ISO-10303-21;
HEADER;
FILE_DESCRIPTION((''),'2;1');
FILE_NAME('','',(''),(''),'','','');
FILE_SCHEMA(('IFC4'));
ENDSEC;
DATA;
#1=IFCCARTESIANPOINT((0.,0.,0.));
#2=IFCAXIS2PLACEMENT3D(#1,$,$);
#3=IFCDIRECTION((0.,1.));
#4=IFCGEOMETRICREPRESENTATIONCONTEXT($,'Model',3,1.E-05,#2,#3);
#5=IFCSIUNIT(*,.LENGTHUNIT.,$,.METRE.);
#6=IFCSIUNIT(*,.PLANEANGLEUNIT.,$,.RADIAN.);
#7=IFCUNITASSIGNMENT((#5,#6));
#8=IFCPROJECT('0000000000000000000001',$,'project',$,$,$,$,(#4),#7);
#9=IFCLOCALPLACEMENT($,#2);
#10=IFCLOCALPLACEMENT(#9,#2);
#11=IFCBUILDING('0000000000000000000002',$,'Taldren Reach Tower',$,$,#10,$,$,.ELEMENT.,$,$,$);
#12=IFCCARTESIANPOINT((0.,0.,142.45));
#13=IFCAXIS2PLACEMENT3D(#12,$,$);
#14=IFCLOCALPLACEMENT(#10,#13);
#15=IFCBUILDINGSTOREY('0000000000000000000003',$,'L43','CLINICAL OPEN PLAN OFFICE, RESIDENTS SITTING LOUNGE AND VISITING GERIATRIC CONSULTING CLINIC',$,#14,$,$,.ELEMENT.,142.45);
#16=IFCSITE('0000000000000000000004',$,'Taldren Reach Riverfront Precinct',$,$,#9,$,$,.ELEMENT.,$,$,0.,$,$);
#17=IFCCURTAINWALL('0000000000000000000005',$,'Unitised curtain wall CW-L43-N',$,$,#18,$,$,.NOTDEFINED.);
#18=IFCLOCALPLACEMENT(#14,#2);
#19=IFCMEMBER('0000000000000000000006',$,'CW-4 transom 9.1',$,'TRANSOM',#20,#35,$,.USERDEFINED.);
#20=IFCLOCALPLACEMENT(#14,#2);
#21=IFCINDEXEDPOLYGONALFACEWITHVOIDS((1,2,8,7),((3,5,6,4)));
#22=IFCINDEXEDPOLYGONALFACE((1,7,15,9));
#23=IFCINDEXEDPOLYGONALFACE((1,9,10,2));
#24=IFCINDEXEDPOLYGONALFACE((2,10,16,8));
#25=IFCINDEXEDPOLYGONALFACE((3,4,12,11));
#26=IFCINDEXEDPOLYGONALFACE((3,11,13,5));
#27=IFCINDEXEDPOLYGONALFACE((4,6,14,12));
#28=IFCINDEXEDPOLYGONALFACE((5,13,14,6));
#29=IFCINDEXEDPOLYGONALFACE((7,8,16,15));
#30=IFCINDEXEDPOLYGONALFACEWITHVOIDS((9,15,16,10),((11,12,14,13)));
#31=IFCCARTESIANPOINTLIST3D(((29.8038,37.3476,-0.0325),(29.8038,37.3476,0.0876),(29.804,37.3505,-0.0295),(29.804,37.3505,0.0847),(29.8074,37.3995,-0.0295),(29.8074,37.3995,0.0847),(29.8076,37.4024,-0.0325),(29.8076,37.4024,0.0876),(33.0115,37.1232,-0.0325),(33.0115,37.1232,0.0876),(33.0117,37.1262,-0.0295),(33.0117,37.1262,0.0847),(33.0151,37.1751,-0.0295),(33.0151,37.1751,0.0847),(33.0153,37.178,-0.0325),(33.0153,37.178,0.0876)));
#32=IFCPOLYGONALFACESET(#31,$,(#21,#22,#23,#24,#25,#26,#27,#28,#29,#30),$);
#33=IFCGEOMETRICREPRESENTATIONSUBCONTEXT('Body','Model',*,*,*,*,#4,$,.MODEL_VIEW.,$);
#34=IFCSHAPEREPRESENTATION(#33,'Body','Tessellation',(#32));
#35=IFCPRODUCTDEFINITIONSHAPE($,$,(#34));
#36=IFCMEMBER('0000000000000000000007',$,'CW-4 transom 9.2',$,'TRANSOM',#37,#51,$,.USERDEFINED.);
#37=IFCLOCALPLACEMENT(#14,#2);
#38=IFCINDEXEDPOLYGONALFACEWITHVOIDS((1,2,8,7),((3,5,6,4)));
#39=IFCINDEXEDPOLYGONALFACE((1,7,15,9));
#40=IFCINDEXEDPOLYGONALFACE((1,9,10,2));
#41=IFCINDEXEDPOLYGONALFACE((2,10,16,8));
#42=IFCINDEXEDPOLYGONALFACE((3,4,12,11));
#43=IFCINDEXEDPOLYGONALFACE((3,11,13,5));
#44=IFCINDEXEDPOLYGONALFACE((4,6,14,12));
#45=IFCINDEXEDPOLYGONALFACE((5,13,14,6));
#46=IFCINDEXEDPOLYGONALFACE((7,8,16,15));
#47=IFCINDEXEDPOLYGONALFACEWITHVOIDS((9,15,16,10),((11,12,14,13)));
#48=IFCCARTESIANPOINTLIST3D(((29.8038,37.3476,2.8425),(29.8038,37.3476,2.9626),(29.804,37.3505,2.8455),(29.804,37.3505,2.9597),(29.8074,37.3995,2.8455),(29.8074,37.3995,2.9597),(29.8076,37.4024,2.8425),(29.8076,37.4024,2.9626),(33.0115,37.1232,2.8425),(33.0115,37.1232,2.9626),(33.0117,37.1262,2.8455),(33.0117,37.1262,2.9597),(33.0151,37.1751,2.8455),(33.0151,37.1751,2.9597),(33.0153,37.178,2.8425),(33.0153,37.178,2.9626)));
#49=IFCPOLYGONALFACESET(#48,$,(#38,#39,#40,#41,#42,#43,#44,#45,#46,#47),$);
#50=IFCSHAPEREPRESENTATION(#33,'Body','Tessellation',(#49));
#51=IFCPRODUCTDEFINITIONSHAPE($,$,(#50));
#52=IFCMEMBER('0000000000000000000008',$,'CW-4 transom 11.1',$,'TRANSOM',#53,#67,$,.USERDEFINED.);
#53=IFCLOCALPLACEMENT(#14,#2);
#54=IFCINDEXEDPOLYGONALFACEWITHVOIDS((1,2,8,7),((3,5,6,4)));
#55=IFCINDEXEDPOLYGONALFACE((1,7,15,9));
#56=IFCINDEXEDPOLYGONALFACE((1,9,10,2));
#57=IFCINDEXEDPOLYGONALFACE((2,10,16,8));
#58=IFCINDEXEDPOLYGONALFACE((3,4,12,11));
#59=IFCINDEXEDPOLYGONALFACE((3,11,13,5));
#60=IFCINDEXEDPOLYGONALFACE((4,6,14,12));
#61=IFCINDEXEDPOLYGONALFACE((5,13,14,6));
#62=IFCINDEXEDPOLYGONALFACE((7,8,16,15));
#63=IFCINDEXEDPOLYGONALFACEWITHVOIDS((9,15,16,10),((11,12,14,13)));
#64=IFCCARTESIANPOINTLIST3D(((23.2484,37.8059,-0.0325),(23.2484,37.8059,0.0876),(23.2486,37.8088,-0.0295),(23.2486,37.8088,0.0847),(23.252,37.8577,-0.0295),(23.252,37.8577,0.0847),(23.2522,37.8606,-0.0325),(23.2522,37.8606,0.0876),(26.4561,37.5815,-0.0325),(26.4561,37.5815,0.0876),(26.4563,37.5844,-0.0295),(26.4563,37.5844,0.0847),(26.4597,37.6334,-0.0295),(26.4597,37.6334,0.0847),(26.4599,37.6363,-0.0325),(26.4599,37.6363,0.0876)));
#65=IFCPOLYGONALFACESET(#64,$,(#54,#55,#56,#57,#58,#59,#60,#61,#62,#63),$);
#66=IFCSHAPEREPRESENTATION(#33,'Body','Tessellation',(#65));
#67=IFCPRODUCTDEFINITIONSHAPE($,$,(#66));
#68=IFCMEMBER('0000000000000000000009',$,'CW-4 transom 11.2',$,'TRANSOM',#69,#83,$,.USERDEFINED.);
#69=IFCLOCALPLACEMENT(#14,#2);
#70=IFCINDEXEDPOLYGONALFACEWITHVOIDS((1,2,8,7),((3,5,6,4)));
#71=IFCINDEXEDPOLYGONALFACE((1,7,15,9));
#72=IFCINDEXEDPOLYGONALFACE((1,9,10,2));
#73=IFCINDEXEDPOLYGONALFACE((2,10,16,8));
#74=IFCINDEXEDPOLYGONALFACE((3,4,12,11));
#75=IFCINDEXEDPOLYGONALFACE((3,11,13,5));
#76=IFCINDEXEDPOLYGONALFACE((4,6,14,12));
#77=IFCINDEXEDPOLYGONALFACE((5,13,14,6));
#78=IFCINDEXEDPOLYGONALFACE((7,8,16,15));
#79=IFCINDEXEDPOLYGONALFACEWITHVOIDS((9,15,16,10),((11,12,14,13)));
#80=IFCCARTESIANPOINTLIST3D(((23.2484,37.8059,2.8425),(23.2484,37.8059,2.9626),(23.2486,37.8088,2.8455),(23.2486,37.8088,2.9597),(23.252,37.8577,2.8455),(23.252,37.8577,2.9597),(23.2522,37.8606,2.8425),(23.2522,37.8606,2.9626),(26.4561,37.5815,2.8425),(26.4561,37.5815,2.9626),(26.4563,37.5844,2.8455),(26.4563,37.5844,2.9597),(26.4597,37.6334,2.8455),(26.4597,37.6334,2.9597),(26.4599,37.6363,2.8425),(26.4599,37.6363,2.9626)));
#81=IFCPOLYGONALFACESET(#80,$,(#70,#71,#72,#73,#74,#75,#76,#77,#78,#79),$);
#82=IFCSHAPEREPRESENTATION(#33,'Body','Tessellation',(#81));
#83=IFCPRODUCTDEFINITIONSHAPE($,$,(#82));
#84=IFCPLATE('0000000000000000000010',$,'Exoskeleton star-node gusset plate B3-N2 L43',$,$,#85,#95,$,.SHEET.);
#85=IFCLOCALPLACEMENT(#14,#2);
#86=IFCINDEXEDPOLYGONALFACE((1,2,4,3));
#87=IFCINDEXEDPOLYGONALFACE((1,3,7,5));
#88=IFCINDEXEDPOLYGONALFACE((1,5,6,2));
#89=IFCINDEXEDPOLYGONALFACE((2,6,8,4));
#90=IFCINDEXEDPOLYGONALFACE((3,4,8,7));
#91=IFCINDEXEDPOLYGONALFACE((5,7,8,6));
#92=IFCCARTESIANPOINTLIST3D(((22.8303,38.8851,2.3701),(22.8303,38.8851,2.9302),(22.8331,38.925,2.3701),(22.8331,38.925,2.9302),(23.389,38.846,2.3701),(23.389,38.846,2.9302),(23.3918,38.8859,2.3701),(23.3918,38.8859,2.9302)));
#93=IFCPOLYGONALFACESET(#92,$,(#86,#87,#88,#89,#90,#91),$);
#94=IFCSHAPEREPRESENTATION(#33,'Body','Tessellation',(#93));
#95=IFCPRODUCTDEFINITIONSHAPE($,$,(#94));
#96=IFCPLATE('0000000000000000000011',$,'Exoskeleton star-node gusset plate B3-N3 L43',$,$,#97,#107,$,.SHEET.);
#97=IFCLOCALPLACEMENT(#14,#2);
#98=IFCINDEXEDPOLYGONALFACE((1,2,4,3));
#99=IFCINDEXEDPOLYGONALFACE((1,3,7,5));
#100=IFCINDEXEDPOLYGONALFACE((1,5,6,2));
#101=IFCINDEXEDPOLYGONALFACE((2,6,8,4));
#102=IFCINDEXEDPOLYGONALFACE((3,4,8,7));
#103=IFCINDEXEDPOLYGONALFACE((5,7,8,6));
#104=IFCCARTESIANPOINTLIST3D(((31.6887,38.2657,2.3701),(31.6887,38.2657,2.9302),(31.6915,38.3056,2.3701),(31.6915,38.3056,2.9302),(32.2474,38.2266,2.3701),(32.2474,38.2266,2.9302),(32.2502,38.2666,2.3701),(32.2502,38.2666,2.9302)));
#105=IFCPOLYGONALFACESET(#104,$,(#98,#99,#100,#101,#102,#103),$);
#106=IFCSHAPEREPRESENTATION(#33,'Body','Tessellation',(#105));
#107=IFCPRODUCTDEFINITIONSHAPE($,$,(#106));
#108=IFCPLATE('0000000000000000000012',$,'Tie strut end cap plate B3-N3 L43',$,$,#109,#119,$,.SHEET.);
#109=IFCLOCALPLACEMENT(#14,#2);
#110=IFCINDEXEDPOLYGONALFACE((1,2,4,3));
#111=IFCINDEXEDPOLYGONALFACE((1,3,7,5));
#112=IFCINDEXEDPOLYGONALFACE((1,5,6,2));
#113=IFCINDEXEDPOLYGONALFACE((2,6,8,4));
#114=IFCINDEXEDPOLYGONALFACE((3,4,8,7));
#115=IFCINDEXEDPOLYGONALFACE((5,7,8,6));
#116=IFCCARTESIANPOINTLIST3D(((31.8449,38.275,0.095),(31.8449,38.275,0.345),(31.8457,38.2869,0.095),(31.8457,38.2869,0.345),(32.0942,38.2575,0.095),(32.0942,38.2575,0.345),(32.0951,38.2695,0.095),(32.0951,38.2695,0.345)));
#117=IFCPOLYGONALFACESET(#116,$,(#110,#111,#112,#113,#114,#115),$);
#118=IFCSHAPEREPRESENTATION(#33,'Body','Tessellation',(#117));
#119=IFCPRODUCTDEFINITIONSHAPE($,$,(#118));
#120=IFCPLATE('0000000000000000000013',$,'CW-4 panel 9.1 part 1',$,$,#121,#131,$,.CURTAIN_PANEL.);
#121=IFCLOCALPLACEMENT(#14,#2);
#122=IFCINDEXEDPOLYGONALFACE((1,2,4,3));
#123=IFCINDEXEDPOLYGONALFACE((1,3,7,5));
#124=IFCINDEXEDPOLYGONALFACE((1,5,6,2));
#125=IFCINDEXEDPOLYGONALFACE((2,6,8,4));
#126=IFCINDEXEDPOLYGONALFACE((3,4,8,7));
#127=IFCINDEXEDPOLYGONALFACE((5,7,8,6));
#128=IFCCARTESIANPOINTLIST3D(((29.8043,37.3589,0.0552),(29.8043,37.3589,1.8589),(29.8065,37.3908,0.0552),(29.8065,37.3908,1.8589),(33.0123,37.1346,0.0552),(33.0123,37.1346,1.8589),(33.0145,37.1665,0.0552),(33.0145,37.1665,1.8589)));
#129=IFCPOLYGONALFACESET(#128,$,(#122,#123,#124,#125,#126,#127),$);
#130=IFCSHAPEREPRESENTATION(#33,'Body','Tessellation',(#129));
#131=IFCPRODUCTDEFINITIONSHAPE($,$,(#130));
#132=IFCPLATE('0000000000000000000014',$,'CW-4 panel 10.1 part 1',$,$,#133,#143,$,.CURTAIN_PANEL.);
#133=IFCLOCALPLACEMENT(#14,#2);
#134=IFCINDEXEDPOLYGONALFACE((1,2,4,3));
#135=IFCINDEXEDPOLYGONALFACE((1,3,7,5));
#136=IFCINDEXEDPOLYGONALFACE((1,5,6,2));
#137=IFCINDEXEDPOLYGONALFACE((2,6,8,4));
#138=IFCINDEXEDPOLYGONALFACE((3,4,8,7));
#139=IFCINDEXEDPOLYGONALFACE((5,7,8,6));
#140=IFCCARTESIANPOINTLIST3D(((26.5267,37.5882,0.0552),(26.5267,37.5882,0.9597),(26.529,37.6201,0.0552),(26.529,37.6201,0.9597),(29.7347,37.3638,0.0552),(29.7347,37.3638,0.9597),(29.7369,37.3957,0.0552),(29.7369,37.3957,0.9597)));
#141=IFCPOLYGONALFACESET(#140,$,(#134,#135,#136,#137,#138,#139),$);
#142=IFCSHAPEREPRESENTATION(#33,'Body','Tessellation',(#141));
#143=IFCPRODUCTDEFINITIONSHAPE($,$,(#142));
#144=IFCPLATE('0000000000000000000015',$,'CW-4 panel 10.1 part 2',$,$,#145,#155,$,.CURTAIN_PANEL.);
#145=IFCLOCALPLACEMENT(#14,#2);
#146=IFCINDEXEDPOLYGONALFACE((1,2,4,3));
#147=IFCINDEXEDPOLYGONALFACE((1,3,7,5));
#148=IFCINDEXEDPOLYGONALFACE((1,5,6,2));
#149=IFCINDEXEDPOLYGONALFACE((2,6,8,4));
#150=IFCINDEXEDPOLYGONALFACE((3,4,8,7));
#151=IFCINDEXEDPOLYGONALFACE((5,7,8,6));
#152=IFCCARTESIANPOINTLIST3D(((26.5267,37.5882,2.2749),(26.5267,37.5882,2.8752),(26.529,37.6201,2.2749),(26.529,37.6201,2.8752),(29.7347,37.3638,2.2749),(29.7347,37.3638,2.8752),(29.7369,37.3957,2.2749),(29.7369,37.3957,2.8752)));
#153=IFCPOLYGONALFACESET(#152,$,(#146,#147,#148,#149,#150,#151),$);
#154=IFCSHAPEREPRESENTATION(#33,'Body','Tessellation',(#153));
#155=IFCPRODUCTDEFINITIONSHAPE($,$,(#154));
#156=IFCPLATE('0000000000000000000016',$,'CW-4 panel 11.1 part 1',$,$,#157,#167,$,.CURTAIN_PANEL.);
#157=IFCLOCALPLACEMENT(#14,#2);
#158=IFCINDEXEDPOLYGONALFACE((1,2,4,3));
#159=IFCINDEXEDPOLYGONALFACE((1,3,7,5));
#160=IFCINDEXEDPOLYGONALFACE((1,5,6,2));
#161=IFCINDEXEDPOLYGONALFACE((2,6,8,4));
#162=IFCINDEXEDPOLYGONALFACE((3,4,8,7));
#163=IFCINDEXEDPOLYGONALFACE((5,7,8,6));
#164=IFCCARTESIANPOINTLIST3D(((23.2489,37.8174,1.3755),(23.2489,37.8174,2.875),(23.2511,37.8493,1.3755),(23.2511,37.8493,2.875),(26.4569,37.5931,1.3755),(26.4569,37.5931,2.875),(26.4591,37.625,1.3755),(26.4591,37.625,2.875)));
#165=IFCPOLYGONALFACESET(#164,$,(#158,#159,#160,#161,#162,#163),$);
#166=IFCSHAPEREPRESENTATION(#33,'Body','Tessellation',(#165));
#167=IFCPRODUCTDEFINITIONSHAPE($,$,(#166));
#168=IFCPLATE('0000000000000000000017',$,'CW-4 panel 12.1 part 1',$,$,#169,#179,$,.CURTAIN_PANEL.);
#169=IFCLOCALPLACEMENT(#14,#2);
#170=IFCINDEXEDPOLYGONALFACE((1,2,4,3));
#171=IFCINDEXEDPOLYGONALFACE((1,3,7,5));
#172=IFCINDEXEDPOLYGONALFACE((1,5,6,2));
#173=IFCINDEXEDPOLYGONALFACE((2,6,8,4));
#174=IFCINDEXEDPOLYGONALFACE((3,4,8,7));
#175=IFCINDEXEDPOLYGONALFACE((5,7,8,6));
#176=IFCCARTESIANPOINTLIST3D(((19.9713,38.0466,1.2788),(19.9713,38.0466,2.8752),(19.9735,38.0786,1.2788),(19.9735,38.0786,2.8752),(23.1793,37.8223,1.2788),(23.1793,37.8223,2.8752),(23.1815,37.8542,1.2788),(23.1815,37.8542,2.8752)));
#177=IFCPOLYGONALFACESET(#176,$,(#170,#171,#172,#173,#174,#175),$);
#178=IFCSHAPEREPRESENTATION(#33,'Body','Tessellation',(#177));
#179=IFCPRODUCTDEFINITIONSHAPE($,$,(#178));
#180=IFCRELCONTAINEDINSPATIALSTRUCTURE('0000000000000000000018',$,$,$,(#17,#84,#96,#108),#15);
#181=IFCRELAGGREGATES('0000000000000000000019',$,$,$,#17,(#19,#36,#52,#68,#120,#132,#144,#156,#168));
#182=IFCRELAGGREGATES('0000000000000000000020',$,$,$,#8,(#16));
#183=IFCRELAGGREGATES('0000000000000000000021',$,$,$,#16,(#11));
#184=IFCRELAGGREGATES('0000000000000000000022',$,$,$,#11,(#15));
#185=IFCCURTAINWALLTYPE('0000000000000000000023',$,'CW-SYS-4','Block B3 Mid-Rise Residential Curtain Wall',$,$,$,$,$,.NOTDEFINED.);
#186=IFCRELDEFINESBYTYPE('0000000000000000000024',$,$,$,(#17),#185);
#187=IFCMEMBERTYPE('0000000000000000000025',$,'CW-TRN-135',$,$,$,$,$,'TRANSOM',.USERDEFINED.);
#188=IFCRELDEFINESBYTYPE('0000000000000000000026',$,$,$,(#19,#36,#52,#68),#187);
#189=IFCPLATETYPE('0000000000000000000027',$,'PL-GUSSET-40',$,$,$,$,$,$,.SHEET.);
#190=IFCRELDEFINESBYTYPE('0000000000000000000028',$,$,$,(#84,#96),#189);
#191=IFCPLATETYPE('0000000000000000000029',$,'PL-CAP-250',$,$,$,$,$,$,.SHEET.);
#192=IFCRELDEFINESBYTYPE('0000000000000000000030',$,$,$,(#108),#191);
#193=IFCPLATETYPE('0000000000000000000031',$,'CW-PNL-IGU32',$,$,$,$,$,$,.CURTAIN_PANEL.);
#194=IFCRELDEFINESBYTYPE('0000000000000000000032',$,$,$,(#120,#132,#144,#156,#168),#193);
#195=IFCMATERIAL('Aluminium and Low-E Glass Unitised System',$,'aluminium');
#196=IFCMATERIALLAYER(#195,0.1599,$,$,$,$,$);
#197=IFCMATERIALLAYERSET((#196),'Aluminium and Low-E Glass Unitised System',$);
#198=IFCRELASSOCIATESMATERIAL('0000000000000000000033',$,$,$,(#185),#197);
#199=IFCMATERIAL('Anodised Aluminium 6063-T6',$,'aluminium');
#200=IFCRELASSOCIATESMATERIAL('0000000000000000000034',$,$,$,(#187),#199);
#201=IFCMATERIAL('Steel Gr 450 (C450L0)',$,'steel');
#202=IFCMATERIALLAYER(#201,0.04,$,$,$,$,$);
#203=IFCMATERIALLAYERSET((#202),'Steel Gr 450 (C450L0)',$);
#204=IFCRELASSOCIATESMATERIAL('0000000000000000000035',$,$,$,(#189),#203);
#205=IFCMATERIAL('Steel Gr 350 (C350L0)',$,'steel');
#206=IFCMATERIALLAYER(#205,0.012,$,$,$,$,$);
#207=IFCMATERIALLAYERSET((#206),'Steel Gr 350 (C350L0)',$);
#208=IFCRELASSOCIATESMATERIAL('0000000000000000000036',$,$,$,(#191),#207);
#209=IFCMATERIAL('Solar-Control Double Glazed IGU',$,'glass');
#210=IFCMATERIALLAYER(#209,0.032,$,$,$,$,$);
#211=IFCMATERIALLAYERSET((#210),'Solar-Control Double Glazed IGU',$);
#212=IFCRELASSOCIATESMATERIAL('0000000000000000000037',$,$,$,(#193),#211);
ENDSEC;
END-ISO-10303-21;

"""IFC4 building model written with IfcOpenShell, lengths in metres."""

from ifc_helpers import new_model, si_unit, direction, frame, origin, origin_2d, place, context, subcontext, project, spatial, rectangle, hollow_rectangle, extrude, source, transform, mapped, material, layer, layer_set, material_profile, profile_set, type_object, element, aggregate, save


model = new_model("IFC4")

# Units and contexts
model_context = context("Model", 3, precision=1e-05, world=origin(), true_north=direction((0.0, 1.0)))
body_context = subcontext(model_context, "Body", "Model", "MODEL_VIEW")
ifc_project = project(units=[si_unit("LENGTHUNIT", "METRE"), si_unit("PLANEANGLEUNIT", "RADIAN")], contexts=[model_context])

# Site, building, storey
site_placement = place(None, origin())
site = spatial("IfcSite", under=ifc_project, at=site_placement, Name="Taldren Reach Riverfront Precinct", CompositionType="ELEMENT", RefElevation=0.0)
building_placement = place(site_placement, origin())
building = spatial("IfcBuilding", under=site, at=building_placement, Name="Taldren Reach Tower", CompositionType="ELEMENT")
storey_placement = place(building_placement, frame((0.0, 0.0, 142.45)))
storey = spatial("IfcBuildingStorey", under=building, at=storey_placement, Name="L43", Description="CLINICAL OPEN PLAN OFFICE, RESIDENTS SITTING LOUNGE AND VISITING GERIATRIC CONSULTING CLINIC", CompositionType="ELEMENT", Elevation=142.45)

# Shared definitions
ifc_material_1 = material(Name="Steel Gr 450 (C450L0)", Category="steel")
ifc_material_2 = material(Name="Steel Gr 350 (C350L0)", Category="steel")

# Curtain wall, members
ifc_material_3 = material(Name="Aluminium and Low-E Glass Unitised System", Category="aluminium")
ifc_layer_1 = layer(ifc_material_3, 0.1599)
ifc_layer_set_1 = layer_set([ifc_layer_1], Name="Aluminium and Low-E Glass Unitised System")
curtain_wall_type = type_object("IfcCurtainWallType", Name="CW-SYS-4", Description="Block B3 Mid-Rise Residential Curtain Wall", PredefinedType="NOTDEFINED", material=ifc_layer_set_1)
curtain_wall_placement = place(storey_placement, origin())
curtain_wall = element("IfcCurtainWall", 1, at=curtain_wall_placement, inside=storey, type_object=curtain_wall_type, Name="Unitised curtain wall CW-L43-N", PredefinedType="NOTDEFINED")
ifc_material_4 = material(Name="Anodised Aluminium 6063-T6", Category="aluminium")
ifc_material_profile_1 = material_profile(ifc_material_4, hollow_rectangle(XDim=0.0549, YDim=0.1201, WallThickness=0.0029, at=origin_2d()), Name="ALU-120x55x3RHS")
ifc_profile_set_1 = profile_set([ifc_material_profile_1], Name="Anodised Aluminium 6063-T6")
member_type_1 = type_object("IfcMemberType", Name="CW-TRN-135", ElementType="TRANSOM", PredefinedType="USERDEFINED", material=ifc_profile_set_1)
shared_shape_1 = source(origin(), body_context, "Body", "SweptSolid", [
    extrude(hollow_rectangle(XDim=0.0549, YDim=0.1201, WallThickness=0.0029, at=origin_2d()), origin(), (0.0, 0.0, 1.0), 3.2156),
])
member_1_placement = place(storey_placement, frame((33.0134, 37.1506, 0.0276), z_axis=(-0.997563, 0.069774, 0.0), x_axis=(-0.069774, -0.997563, 0.0)))
member_1 = element("IfcMember", 2, at=member_1_placement, type_object=member_type_1, Name="CW-4 transom 9.1", ObjectType="TRANSOM", PredefinedType="USERDEFINED", context=body_context, shape_type="MappedRepresentation", body=[
    mapped(shared_shape_1, transform((0.0, 0.0, 0.0), scale=1.0)),
])
member_2_placement = place(storey_placement, frame((33.0134, 37.1506, 2.9026), z_axis=(-0.997563, 0.069774, 0.0), x_axis=(-0.069774, -0.997563, 0.0)))
member_2 = element("IfcMember", 3, at=member_2_placement, type_object=member_type_1, Name="CW-4 transom 9.2", ObjectType="TRANSOM", PredefinedType="USERDEFINED", context=body_context, shape_type="MappedRepresentation", body=[
    mapped(shared_shape_1, transform((0.0, 0.0, 0.0), scale=1.0)),
])
member_3_placement = place(storey_placement, frame((26.458, 37.6089, 0.0276), z_axis=(-0.997563, 0.069774, 0.0), x_axis=(-0.069774, -0.997563, 0.0)))
member_3 = element("IfcMember", 4, at=member_3_placement, type_object=member_type_1, Name="CW-4 transom 11.1", ObjectType="TRANSOM", PredefinedType="USERDEFINED", context=body_context, shape_type="MappedRepresentation", body=[
    mapped(shared_shape_1, transform((0.0, 0.0, 0.0), scale=1.0)),
])
member_4_placement = place(storey_placement, frame((26.458, 37.6089, 2.9026), z_axis=(-0.997563, 0.069774, 0.0), x_axis=(-0.069774, -0.997563, 0.0)))
member_4 = element("IfcMember", 5, at=member_4_placement, type_object=member_type_1, Name="CW-4 transom 11.2", ObjectType="TRANSOM", PredefinedType="USERDEFINED", context=body_context, shape_type="MappedRepresentation", body=[
    mapped(shared_shape_1, transform((0.0, 0.0, 0.0), scale=1.0)),
])

# Plates
ifc_layer_2 = layer(ifc_material_1, 0.04)
ifc_layer_set_2 = layer_set([ifc_layer_2], Name="Steel Gr 450 (C450L0)")
plate_type_1 = type_object("IfcPlateType", Name="PL-GUSSET-40", PredefinedType="SHEET", material=ifc_layer_set_2)
shared_shape_2 = source(origin(), body_context, "Body", "SweptSolid", [
    extrude(rectangle(XDim=0.5601, YDim=0.04, at=origin_2d()), origin(), (0.0, 0.0, 1.0), 0.5601),
])
for number, where, z_axis, x_axis, name in (
    (6, (23.1111, 38.8855, 2.3701), (0.0, 0.0, 1.0), (0.997564, -0.069756, 0.0), "Exoskeleton star-node gusset plate B3-N2 L43"),
    (7, (31.9695, 38.2661, 2.3701), (0.0, 0.0, 1.0), (0.997564, -0.069756, 0.0), "Exoskeleton star-node gusset plate B3-N3 L43"),
):
    element("IfcPlate", number, at=place(storey_placement, frame(where, z_axis=z_axis, x_axis=x_axis)), inside=storey, type_object=plate_type_1, Name=name, PredefinedType="SHEET", context=body_context, shape_type="MappedRepresentation", body=[
        mapped(shared_shape_2, transform((0.0, 0.0, 0.0), scale=1.0)),
    ])
ifc_layer_3 = layer(ifc_material_2, 0.012)
ifc_layer_set_3 = layer_set([ifc_layer_3], Name="Steel Gr 350 (C350L0)")
plate_type_2 = type_object("IfcPlateType", Name="PL-CAP-250", PredefinedType="SHEET", material=ifc_layer_set_3)
shared_shape_3 = source(origin(), body_context, "Body", "SweptSolid", [
    extrude(rectangle(XDim=0.25, YDim=0.012, at=origin_2d()), origin(), (0.0, 0.0, 1.0), 0.25),
])
plate_1_placement = place(storey_placement, frame((31.97, 38.2722, 0.095), z_axis=(0.0, 0.0, 1.0), x_axis=(0.997564, -0.069756, 0.0)))
element("IfcPlate", 8, at=plate_1_placement, inside=storey, type_object=plate_type_2, Name="Tie strut end cap plate B3-N3 L43", PredefinedType="SHEET", context=body_context, shape_type="MappedRepresentation", body=[
    mapped(shared_shape_3, transform((0.0, 0.0, 0.0), scale=1.0)),
])

# Plates
ifc_material_5 = material(Name="Solar-Control Double Glazed IGU", Category="glass")
ifc_layer_4 = layer(ifc_material_5, 0.032)
ifc_layer_set_4 = layer_set([ifc_layer_4], Name="Solar-Control Double Glazed IGU")
plate_type_3 = type_object("IfcPlateType", Name="CW-PNL-IGU32", PredefinedType="CURTAIN_PANEL", material=ifc_layer_set_4)
shared_shape_4 = source(origin(), body_context, "Body", "SweptSolid", [
    extrude(rectangle(XDim=3.2158, YDim=0.032, at=origin_2d()), origin(), (0.0, 0.0, 1.0), 1.8037),
])
plate_2_placement = place(storey_placement, frame((31.4094, 37.2627, 0.0552), z_axis=(0.0, 0.0, 1.0), x_axis=(-0.997564, 0.069757, 0.0)))
plate_2 = element("IfcPlate", 9, at=plate_2_placement, type_object=plate_type_3, Name="CW-4 panel 9.1 part 1", PredefinedType="CURTAIN_PANEL", context=body_context, shape_type="MappedRepresentation", body=[
    mapped(shared_shape_4, transform((0.0, 0.0, 0.0), scale=1.0)),
])
shared_shape_5 = source(origin(), body_context, "Body", "SweptSolid", [
    extrude(rectangle(XDim=3.2158, YDim=0.032, at=origin_2d()), origin(), (0.0, 0.0, 1.0), 0.9045),
])
plate_3_placement = place(storey_placement, frame((28.1318, 37.4919, 0.0552), z_axis=(0.0, 0.0, 1.0), x_axis=(-0.997564, 0.069757, 0.0)))
plate_3 = element("IfcPlate", 10, at=plate_3_placement, type_object=plate_type_3, Name="CW-4 panel 10.1 part 1", PredefinedType="CURTAIN_PANEL", context=body_context, shape_type="MappedRepresentation", body=[
    mapped(shared_shape_5, transform((0.0, 0.0, 0.0), scale=1.0)),
])
shared_shape_6 = source(origin(), body_context, "Body", "SweptSolid", [
    extrude(rectangle(XDim=3.2158, YDim=0.032, at=origin_2d()), origin(), (0.0, 0.0, 1.0), 0.6003),
])
plate_4_placement = place(storey_placement, frame((28.1318, 37.4919, 2.2749), z_axis=(0.0, 0.0, 1.0), x_axis=(-0.997564, 0.069757, 0.0)))
plate_4 = element("IfcPlate", 11, at=plate_4_placement, type_object=plate_type_3, Name="CW-4 panel 10.1 part 2", PredefinedType="CURTAIN_PANEL", context=body_context, shape_type="MappedRepresentation", body=[
    mapped(shared_shape_6, transform((0.0, 0.0, 0.0), scale=1.0)),
])
shared_shape_7 = source(origin(), body_context, "Body", "SweptSolid", [
    extrude(rectangle(XDim=3.2158, YDim=0.032, at=origin_2d()), origin(), (0.0, 0.0, 1.0), 1.4995),
])
plate_5_placement = place(storey_placement, frame((24.854, 37.7212, 1.3755), z_axis=(0.0, 0.0, 1.0), x_axis=(-0.997564, 0.069757, 0.0)))
plate_5 = element("IfcPlate", 12, at=plate_5_placement, type_object=plate_type_3, Name="CW-4 panel 11.1 part 1", PredefinedType="CURTAIN_PANEL", context=body_context, shape_type="MappedRepresentation", body=[
    mapped(shared_shape_7, transform((0.0, 0.0, 0.0), scale=1.0)),
])
shared_shape_8 = source(origin(), body_context, "Body", "SweptSolid", [
    extrude(rectangle(XDim=3.2158, YDim=0.032, at=origin_2d()), origin(), (0.0, 0.0, 1.0), 1.5964),
])
plate_6_placement = place(storey_placement, frame((21.5764, 37.9504, 1.2788), z_axis=(0.0, 0.0, 1.0), x_axis=(-0.997564, 0.069757, 0.0)))
plate_6 = element("IfcPlate", 13, at=plate_6_placement, type_object=plate_type_3, Name="CW-4 panel 12.1 part 1", PredefinedType="CURTAIN_PANEL", context=body_context, shape_type="MappedRepresentation", body=[
    mapped(shared_shape_8, transform((0.0, 0.0, 0.0), scale=1.0)),
])
aggregate(curtain_wall, [member_1, member_2, member_3, member_4, plate_2, plate_3, plate_4, plate_5, plate_6])

save(model, "model.ifc")
